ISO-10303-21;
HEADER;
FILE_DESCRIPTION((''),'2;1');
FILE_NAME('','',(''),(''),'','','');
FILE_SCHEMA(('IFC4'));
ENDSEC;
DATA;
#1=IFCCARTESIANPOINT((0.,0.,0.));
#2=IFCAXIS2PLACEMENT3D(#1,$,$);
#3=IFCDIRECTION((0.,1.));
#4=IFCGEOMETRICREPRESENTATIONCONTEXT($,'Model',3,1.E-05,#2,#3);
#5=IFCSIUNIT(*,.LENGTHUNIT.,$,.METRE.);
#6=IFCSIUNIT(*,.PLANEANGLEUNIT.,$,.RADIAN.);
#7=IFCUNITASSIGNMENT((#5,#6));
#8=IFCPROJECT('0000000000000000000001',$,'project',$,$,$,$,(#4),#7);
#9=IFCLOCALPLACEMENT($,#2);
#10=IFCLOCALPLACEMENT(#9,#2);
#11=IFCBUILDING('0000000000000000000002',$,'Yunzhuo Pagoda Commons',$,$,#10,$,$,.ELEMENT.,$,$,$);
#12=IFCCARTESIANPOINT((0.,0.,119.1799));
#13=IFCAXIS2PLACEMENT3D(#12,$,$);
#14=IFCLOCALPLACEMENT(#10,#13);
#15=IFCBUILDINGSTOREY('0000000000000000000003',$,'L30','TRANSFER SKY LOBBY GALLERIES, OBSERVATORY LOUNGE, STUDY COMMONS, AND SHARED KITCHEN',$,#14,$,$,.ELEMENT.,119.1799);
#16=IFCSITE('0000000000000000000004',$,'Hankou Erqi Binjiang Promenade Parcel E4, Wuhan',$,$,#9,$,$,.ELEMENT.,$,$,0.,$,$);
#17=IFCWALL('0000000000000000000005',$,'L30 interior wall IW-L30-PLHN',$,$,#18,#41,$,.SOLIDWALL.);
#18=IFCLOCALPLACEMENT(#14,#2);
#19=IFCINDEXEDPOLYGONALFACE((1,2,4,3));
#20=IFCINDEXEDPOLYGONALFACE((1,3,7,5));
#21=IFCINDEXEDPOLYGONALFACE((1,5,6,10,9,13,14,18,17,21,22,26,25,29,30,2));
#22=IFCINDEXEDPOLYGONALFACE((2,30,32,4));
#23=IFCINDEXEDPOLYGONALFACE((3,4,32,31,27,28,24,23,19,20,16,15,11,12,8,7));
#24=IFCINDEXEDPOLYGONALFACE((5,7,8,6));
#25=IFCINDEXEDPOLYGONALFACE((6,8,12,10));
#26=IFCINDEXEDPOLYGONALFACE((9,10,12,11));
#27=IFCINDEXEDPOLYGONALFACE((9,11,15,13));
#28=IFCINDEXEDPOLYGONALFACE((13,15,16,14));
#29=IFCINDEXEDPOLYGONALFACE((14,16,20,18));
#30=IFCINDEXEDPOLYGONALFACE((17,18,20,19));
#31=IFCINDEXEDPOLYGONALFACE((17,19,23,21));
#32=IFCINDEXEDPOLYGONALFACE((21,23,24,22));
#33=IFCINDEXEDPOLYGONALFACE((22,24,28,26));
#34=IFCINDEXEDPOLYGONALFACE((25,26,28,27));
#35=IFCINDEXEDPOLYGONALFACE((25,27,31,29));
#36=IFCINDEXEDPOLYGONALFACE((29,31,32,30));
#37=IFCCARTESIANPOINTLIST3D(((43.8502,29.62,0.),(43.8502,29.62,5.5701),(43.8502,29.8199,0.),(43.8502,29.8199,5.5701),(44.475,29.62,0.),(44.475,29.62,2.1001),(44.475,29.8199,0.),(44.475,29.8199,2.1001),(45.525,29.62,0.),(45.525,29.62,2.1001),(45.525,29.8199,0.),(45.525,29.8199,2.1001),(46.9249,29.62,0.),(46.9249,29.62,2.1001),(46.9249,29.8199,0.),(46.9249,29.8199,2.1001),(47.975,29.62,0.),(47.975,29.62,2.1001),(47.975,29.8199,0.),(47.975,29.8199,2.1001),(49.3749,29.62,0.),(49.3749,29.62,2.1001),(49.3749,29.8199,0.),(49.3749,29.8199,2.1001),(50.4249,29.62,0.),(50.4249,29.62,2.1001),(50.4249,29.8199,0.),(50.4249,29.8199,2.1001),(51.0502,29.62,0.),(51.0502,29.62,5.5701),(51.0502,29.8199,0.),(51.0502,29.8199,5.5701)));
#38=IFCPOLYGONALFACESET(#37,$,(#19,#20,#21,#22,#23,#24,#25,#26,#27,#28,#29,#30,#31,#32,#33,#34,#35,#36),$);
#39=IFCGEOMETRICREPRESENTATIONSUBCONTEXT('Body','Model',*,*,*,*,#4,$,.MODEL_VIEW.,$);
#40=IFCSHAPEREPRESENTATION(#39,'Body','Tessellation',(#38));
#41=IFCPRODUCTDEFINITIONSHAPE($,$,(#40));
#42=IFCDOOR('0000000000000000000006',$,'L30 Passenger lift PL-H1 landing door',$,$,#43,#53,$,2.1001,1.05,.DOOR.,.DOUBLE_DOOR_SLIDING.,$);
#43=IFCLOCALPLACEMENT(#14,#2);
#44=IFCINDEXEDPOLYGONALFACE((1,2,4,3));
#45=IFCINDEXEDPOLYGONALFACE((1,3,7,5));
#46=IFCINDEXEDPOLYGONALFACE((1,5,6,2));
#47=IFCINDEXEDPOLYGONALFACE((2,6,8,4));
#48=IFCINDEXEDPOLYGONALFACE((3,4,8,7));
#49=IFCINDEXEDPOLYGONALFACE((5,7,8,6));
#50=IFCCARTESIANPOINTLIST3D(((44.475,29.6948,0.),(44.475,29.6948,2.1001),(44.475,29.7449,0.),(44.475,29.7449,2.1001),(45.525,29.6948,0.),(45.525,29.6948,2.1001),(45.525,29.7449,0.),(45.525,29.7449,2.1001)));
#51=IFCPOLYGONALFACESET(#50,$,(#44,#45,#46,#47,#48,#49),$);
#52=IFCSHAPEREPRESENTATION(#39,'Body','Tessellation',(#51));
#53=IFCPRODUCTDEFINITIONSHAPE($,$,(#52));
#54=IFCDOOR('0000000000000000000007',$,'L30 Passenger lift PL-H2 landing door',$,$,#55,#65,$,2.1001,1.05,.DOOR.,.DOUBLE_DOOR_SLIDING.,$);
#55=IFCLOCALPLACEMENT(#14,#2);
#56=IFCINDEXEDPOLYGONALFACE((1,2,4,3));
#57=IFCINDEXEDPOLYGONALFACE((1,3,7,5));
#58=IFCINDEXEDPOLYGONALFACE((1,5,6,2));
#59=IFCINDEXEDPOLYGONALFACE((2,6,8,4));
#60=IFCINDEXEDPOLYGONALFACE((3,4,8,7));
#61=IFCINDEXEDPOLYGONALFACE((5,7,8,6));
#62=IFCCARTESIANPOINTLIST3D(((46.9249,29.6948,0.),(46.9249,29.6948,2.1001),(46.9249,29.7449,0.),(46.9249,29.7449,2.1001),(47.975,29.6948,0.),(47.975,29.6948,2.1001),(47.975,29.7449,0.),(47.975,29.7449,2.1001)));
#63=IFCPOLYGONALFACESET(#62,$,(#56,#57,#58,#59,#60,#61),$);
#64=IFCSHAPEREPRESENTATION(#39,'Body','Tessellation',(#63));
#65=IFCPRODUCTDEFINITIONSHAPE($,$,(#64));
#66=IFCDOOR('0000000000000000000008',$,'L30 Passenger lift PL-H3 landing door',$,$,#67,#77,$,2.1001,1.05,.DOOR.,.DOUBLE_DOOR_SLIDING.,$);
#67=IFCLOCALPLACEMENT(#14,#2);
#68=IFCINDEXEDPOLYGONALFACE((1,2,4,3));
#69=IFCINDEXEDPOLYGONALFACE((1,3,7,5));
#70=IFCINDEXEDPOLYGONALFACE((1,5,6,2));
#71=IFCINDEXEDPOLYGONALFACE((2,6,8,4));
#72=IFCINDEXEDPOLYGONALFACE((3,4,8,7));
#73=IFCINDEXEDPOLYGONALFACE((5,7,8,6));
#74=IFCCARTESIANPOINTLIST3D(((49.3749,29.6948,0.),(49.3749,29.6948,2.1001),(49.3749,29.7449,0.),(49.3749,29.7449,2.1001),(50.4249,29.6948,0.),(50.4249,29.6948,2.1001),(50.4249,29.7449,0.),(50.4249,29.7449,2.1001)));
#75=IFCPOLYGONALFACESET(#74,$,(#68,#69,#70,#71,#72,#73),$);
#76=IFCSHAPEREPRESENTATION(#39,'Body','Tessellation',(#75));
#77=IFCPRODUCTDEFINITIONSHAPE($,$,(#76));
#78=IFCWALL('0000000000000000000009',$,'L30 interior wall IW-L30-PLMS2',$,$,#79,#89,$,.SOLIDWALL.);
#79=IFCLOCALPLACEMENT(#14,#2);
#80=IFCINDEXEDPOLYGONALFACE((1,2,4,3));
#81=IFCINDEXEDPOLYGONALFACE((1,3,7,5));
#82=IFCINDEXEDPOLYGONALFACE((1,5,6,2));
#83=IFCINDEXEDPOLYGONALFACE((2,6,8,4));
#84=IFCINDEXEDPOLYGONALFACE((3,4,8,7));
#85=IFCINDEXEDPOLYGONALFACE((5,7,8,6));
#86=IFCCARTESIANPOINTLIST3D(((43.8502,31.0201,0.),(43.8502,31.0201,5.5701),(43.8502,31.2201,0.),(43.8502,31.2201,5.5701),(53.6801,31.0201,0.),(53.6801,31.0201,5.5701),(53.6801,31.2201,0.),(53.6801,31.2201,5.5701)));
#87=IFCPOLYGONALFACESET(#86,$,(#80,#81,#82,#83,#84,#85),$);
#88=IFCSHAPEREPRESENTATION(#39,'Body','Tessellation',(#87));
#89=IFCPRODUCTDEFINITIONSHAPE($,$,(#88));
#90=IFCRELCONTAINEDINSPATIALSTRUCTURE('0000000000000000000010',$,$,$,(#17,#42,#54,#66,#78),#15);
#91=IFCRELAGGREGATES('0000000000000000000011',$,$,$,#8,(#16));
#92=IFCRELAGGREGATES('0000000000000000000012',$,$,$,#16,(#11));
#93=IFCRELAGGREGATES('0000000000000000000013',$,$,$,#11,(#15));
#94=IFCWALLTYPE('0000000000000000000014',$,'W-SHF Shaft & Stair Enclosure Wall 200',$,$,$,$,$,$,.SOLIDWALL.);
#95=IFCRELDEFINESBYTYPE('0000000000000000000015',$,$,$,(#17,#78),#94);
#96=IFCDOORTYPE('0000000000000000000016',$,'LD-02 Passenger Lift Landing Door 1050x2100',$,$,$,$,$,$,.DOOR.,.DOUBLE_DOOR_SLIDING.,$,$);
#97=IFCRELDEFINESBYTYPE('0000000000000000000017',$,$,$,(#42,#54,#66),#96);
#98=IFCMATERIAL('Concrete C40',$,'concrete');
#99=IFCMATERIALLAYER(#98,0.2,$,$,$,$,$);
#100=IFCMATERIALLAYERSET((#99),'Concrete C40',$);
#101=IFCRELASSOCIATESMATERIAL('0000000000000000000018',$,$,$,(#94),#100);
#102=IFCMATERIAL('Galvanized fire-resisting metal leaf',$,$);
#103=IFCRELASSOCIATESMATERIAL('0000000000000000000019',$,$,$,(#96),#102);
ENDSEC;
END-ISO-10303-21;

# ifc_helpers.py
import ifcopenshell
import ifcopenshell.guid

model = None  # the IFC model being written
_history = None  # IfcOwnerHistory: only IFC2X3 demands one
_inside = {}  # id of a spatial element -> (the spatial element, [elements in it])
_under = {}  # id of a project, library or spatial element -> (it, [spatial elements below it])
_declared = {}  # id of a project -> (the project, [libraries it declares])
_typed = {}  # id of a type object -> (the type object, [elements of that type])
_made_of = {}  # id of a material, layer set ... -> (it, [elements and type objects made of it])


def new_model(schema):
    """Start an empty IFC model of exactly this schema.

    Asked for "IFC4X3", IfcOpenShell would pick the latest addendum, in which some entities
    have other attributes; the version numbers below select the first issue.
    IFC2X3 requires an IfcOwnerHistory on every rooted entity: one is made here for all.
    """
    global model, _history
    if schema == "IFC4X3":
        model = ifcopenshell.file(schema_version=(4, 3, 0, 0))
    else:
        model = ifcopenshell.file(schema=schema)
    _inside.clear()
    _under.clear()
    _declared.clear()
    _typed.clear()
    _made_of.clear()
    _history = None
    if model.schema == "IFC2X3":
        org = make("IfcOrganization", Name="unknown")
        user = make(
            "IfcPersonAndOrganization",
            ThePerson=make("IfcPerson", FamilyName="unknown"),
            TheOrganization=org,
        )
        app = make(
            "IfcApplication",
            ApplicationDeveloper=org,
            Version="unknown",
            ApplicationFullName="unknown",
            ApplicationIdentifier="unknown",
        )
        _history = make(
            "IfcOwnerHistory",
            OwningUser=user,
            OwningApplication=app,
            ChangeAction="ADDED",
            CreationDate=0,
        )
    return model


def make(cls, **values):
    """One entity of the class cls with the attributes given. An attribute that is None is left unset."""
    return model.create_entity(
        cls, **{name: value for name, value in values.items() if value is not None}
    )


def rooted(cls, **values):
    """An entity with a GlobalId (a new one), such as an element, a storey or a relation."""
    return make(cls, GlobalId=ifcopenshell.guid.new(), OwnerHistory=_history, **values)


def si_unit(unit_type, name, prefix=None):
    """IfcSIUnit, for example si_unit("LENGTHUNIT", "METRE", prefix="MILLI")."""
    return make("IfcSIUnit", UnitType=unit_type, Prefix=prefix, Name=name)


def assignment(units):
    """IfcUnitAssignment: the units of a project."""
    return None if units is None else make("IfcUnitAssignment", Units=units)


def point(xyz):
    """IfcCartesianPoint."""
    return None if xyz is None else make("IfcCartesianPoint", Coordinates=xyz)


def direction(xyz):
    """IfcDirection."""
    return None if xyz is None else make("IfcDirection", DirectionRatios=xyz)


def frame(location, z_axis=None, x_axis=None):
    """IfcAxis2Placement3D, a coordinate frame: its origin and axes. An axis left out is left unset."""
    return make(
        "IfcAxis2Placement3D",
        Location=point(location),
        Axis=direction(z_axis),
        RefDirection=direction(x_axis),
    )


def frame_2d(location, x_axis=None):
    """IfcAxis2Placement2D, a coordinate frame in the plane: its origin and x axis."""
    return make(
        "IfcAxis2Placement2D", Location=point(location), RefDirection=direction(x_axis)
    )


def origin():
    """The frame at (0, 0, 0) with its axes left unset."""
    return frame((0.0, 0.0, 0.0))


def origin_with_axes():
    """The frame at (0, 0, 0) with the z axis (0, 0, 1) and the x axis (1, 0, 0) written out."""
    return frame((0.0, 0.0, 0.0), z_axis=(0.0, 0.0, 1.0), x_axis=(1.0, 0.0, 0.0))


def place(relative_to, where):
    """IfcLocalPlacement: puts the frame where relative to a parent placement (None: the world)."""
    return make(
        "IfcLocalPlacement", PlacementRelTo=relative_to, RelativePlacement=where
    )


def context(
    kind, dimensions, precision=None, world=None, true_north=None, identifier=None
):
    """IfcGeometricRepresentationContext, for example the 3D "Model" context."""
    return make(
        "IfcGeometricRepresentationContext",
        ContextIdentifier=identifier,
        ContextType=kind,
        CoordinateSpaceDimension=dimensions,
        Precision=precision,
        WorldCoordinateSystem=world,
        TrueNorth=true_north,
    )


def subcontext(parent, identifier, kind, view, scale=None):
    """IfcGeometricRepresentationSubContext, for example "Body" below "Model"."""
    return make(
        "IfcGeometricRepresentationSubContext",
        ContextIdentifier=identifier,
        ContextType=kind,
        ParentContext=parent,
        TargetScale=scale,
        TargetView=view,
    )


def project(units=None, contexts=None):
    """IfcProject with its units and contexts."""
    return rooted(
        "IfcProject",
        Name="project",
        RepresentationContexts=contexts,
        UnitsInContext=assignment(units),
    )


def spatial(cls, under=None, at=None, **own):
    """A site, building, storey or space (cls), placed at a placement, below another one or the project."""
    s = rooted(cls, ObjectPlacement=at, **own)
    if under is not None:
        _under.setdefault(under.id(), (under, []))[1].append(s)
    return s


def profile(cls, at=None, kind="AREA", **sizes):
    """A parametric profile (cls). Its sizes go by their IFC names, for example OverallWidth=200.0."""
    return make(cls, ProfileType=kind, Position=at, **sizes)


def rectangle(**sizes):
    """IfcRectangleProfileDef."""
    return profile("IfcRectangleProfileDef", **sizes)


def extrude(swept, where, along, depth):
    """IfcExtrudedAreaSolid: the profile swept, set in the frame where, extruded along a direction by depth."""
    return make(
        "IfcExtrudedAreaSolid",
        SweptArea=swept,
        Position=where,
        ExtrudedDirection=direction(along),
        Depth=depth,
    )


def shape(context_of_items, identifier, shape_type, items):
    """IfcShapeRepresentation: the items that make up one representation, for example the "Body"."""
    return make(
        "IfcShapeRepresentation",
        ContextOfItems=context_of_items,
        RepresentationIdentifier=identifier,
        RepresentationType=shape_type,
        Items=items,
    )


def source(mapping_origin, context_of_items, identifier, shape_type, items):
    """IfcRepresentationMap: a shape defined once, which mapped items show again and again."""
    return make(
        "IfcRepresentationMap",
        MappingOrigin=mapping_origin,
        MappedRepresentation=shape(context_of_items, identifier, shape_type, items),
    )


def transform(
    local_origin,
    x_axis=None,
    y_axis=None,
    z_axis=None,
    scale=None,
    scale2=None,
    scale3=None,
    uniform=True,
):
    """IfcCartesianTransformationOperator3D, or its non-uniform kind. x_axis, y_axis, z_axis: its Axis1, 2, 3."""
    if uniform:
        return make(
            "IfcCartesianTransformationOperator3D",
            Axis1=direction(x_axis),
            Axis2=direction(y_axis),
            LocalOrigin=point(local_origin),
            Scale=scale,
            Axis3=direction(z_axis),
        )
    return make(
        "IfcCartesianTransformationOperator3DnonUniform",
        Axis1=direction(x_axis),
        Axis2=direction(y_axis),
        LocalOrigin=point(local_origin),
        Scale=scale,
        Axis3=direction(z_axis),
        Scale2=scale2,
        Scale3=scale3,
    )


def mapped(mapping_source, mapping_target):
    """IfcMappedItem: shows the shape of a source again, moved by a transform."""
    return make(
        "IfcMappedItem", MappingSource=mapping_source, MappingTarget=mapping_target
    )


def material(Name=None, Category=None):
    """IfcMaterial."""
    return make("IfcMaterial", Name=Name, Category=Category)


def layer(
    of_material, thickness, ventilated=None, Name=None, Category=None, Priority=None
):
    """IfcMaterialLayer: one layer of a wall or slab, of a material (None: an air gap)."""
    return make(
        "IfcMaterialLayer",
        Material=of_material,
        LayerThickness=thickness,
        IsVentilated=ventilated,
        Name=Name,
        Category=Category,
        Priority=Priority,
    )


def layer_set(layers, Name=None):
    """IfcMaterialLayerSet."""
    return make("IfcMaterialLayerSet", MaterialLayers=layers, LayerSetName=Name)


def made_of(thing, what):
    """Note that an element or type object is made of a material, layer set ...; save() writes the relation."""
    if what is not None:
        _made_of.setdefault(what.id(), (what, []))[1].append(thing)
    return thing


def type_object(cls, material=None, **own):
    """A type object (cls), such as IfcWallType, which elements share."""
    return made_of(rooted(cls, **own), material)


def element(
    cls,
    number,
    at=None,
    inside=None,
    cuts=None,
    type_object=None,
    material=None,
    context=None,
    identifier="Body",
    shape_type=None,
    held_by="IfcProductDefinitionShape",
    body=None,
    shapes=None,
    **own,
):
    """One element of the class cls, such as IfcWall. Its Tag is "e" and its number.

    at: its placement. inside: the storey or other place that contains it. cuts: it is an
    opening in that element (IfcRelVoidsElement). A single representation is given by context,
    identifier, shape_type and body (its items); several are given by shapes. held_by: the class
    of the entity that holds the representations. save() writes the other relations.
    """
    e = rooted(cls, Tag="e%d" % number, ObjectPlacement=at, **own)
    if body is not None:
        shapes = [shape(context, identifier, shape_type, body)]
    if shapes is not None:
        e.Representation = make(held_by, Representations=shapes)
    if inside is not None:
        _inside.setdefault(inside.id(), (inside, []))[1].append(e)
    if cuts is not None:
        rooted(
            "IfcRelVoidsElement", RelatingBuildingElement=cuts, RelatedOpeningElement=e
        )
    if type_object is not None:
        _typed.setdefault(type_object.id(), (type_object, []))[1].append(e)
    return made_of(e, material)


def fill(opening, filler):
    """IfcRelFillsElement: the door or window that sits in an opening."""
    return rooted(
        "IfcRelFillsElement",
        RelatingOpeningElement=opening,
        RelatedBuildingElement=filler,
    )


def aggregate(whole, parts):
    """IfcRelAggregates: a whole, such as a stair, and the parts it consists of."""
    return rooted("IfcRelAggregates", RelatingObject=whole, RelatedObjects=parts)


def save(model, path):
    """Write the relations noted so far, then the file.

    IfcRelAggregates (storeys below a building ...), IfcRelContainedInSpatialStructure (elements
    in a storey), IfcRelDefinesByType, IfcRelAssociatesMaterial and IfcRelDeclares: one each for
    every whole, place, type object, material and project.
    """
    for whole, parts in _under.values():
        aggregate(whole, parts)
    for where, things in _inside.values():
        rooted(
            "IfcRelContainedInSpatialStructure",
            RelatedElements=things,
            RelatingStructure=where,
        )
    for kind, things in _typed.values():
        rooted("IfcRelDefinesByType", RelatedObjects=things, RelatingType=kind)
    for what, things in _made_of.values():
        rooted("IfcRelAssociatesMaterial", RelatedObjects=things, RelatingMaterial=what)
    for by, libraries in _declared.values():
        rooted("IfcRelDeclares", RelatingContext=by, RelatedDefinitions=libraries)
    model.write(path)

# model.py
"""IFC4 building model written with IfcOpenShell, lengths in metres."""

from ifc_helpers import new_model, si_unit, direction, frame, frame_2d, origin, origin_with_axes, place, context, subcontext, project, spatial, rectangle, extrude, source, transform, mapped, material, layer, layer_set, type_object, element, fill, save


model = new_model("IFC4")

# Units and contexts
model_context = context("Model", 3, precision=1e-05, world=origin(), true_north=direction((0.0, 1.0)))
body_context = subcontext(model_context, "Body", "Model", "MODEL_VIEW")
ifc_project = project(units=[si_unit("LENGTHUNIT", "METRE"), si_unit("PLANEANGLEUNIT", "RADIAN")], contexts=[model_context])

# Site, building, storey
site_placement = place(None, origin())
site = spatial("IfcSite", under=ifc_project, at=site_placement, Name="Hankou Erqi Binjiang Promenade Parcel E4, Wuhan", CompositionType="ELEMENT", RefElevation=0.0)
building_placement = place(site_placement, origin())
building = spatial("IfcBuilding", under=site, at=building_placement, Name="Yunzhuo Pagoda Commons", CompositionType="ELEMENT")
storey_placement = place(building_placement, frame((0.0, 0.0, 119.1799)))
storey = spatial("IfcBuildingStorey", under=building, at=storey_placement, Name="L30", Description="TRANSFER SKY LOBBY GALLERIES, OBSERVATORY LOUNGE, STUDY COMMONS, AND SHARED KITCHEN", CompositionType="ELEMENT", Elevation=119.1799)

# Shared definitions
ifc_material_1 = material(Name="Galvanized fire-resisting metal leaf")

# Shared definitions
ifc_material_2 = material(Name="Concrete C40", Category="concrete")
ifc_layer_1 = layer(ifc_material_2, 0.2)
ifc_layer_set_1 = layer_set([ifc_layer_1], Name="Concrete C40")
wall_type_1 = type_object("IfcWallType", Name="W-SHF Shaft & Stair Enclosure Wall 200", PredefinedType="SOLIDWALL", material=ifc_layer_set_1)
door_type_1 = type_object("IfcDoorType", Name="LD-02 Passenger Lift Landing Door 1050x2100", OperationType="DOUBLE_DOOR_SLIDING", PredefinedType="DOOR", material=ifc_material_1)
shared_shape_1 = source(origin(), body_context, "Body", "SweptSolid", [
    extrude(rectangle(XDim=1.05, YDim=2.1001, at=frame_2d((0.5249, 1.05))), frame((0.0, 0.0249, 0.0), z_axis=(0.0, -1.0, 0.0), x_axis=(1.0, 0.0, 0.0)), (0.0, 0.0, 1.0), 0.05),
])

# Wall, openings, doors
wall_1_placement = place(storey_placement, frame((43.8501, 29.72, 0.0), z_axis=(0.0, 0.0, 1.0), x_axis=(1.0, 0.0, 0.0)))
wall_1 = element("IfcWall", 1, at=wall_1_placement, inside=storey, type_object=wall_type_1, Name="L30 interior wall IW-L30-PLHN", PredefinedType="SOLIDWALL", context=body_context, shape_type="SweptSolid", body=[
    extrude(rectangle(XDim=7.2, YDim=0.2, at=frame_2d((3.6001, 0.0))), origin(), (0.0, 0.0, 1.0), 5.5701),
])
opening_1_placement = place(wall_1_placement, frame((0.625, 0.0, 0.0)))
opening_1 = element("IfcOpeningElement", 2, at=opening_1_placement, cuts=wall_1, PredefinedType="OPENING", context=body_context, shape_type="SweptSolid", body=[
    extrude(rectangle(XDim=1.05, YDim=2.1001, at=frame_2d((0.5249, 1.05))), frame((0.0, 0.1099, 0.0), z_axis=(0.0, -1.0, 0.0), x_axis=(1.0, 0.0, 0.0)), (0.0, 0.0, 1.0), 0.22),
])
opening_2_placement = place(wall_1_placement, frame((3.075, 0.0, 0.0)))
opening_2 = element("IfcOpeningElement", 3, at=opening_2_placement, cuts=wall_1, PredefinedType="OPENING", context=body_context, shape_type="SweptSolid", body=[
    extrude(rectangle(XDim=1.05, YDim=2.1001, at=frame_2d((0.5249, 1.05))), frame((0.0, 0.1099, 0.0), z_axis=(0.0, -1.0, 0.0), x_axis=(1.0, 0.0, 0.0)), (0.0, 0.0, 1.0), 0.22),
])
opening_3_placement = place(wall_1_placement, frame((5.5249, 0.0, 0.0)))
opening_3 = element("IfcOpeningElement", 4, at=opening_3_placement, cuts=wall_1, PredefinedType="OPENING", context=body_context, shape_type="SweptSolid", body=[
    extrude(rectangle(XDim=1.05, YDim=2.1001, at=frame_2d((0.5249, 1.05))), frame((0.0, 0.1099, 0.0), z_axis=(0.0, -1.0, 0.0), x_axis=(1.0, 0.0, 0.0)), (0.0, 0.0, 1.0), 0.22),
])
door_1_placement = place(opening_1_placement, origin_with_axes())
door_1 = element("IfcDoor", 5, at=door_1_placement, inside=storey, type_object=door_type_1, Name="L30 Passenger lift PL-H1 landing door", OperationType="DOUBLE_DOOR_SLIDING", OverallHeight=2.1001, OverallWidth=1.05, PredefinedType="DOOR", context=body_context, shape_type="MappedRepresentation", body=[
    mapped(shared_shape_1, transform((0.0, 0.0, 0.0), scale=1.0)),
])
fill(opening_1, door_1)
door_2_placement = place(opening_2_placement, origin_with_axes())
door_2 = element("IfcDoor", 6, at=door_2_placement, inside=storey, type_object=door_type_1, Name="L30 Passenger lift PL-H2 landing door", OperationType="DOUBLE_DOOR_SLIDING", OverallHeight=2.1001, OverallWidth=1.05, PredefinedType="DOOR", context=body_context, shape_type="MappedRepresentation", body=[
    mapped(shared_shape_1, transform((0.0, 0.0, 0.0), scale=1.0)),
])
fill(opening_2, door_2)
door_3_placement = place(opening_3_placement, origin_with_axes())
door_3 = element("IfcDoor", 7, at=door_3_placement, inside=storey, type_object=door_type_1, Name="L30 Passenger lift PL-H3 landing door", OperationType="DOUBLE_DOOR_SLIDING", OverallHeight=2.1001, OverallWidth=1.05, PredefinedType="DOOR", context=body_context, shape_type="MappedRepresentation", body=[
    mapped(shared_shape_1, transform((0.0, 0.0, 0.0), scale=1.0)),
])
fill(opening_3, door_3)

# Wall
wall_2_placement = place(storey_placement, frame((43.8501, 31.1201, 0.0), z_axis=(0.0, 0.0, 1.0), x_axis=(1.0, 0.0, 0.0)))
element("IfcWall", 8, at=wall_2_placement, inside=storey, type_object=wall_type_1, Name="L30 interior wall IW-L30-PLMS2", PredefinedType="SOLIDWALL", context=body_context, shape_type="SweptSolid", body=[
    extrude(rectangle(XDim=9.8298, YDim=0.2, at=frame_2d((4.915, 0.0))), origin(), (0.0, 0.0, 1.0), 5.5701),
])

save(model, "model.ifc")
